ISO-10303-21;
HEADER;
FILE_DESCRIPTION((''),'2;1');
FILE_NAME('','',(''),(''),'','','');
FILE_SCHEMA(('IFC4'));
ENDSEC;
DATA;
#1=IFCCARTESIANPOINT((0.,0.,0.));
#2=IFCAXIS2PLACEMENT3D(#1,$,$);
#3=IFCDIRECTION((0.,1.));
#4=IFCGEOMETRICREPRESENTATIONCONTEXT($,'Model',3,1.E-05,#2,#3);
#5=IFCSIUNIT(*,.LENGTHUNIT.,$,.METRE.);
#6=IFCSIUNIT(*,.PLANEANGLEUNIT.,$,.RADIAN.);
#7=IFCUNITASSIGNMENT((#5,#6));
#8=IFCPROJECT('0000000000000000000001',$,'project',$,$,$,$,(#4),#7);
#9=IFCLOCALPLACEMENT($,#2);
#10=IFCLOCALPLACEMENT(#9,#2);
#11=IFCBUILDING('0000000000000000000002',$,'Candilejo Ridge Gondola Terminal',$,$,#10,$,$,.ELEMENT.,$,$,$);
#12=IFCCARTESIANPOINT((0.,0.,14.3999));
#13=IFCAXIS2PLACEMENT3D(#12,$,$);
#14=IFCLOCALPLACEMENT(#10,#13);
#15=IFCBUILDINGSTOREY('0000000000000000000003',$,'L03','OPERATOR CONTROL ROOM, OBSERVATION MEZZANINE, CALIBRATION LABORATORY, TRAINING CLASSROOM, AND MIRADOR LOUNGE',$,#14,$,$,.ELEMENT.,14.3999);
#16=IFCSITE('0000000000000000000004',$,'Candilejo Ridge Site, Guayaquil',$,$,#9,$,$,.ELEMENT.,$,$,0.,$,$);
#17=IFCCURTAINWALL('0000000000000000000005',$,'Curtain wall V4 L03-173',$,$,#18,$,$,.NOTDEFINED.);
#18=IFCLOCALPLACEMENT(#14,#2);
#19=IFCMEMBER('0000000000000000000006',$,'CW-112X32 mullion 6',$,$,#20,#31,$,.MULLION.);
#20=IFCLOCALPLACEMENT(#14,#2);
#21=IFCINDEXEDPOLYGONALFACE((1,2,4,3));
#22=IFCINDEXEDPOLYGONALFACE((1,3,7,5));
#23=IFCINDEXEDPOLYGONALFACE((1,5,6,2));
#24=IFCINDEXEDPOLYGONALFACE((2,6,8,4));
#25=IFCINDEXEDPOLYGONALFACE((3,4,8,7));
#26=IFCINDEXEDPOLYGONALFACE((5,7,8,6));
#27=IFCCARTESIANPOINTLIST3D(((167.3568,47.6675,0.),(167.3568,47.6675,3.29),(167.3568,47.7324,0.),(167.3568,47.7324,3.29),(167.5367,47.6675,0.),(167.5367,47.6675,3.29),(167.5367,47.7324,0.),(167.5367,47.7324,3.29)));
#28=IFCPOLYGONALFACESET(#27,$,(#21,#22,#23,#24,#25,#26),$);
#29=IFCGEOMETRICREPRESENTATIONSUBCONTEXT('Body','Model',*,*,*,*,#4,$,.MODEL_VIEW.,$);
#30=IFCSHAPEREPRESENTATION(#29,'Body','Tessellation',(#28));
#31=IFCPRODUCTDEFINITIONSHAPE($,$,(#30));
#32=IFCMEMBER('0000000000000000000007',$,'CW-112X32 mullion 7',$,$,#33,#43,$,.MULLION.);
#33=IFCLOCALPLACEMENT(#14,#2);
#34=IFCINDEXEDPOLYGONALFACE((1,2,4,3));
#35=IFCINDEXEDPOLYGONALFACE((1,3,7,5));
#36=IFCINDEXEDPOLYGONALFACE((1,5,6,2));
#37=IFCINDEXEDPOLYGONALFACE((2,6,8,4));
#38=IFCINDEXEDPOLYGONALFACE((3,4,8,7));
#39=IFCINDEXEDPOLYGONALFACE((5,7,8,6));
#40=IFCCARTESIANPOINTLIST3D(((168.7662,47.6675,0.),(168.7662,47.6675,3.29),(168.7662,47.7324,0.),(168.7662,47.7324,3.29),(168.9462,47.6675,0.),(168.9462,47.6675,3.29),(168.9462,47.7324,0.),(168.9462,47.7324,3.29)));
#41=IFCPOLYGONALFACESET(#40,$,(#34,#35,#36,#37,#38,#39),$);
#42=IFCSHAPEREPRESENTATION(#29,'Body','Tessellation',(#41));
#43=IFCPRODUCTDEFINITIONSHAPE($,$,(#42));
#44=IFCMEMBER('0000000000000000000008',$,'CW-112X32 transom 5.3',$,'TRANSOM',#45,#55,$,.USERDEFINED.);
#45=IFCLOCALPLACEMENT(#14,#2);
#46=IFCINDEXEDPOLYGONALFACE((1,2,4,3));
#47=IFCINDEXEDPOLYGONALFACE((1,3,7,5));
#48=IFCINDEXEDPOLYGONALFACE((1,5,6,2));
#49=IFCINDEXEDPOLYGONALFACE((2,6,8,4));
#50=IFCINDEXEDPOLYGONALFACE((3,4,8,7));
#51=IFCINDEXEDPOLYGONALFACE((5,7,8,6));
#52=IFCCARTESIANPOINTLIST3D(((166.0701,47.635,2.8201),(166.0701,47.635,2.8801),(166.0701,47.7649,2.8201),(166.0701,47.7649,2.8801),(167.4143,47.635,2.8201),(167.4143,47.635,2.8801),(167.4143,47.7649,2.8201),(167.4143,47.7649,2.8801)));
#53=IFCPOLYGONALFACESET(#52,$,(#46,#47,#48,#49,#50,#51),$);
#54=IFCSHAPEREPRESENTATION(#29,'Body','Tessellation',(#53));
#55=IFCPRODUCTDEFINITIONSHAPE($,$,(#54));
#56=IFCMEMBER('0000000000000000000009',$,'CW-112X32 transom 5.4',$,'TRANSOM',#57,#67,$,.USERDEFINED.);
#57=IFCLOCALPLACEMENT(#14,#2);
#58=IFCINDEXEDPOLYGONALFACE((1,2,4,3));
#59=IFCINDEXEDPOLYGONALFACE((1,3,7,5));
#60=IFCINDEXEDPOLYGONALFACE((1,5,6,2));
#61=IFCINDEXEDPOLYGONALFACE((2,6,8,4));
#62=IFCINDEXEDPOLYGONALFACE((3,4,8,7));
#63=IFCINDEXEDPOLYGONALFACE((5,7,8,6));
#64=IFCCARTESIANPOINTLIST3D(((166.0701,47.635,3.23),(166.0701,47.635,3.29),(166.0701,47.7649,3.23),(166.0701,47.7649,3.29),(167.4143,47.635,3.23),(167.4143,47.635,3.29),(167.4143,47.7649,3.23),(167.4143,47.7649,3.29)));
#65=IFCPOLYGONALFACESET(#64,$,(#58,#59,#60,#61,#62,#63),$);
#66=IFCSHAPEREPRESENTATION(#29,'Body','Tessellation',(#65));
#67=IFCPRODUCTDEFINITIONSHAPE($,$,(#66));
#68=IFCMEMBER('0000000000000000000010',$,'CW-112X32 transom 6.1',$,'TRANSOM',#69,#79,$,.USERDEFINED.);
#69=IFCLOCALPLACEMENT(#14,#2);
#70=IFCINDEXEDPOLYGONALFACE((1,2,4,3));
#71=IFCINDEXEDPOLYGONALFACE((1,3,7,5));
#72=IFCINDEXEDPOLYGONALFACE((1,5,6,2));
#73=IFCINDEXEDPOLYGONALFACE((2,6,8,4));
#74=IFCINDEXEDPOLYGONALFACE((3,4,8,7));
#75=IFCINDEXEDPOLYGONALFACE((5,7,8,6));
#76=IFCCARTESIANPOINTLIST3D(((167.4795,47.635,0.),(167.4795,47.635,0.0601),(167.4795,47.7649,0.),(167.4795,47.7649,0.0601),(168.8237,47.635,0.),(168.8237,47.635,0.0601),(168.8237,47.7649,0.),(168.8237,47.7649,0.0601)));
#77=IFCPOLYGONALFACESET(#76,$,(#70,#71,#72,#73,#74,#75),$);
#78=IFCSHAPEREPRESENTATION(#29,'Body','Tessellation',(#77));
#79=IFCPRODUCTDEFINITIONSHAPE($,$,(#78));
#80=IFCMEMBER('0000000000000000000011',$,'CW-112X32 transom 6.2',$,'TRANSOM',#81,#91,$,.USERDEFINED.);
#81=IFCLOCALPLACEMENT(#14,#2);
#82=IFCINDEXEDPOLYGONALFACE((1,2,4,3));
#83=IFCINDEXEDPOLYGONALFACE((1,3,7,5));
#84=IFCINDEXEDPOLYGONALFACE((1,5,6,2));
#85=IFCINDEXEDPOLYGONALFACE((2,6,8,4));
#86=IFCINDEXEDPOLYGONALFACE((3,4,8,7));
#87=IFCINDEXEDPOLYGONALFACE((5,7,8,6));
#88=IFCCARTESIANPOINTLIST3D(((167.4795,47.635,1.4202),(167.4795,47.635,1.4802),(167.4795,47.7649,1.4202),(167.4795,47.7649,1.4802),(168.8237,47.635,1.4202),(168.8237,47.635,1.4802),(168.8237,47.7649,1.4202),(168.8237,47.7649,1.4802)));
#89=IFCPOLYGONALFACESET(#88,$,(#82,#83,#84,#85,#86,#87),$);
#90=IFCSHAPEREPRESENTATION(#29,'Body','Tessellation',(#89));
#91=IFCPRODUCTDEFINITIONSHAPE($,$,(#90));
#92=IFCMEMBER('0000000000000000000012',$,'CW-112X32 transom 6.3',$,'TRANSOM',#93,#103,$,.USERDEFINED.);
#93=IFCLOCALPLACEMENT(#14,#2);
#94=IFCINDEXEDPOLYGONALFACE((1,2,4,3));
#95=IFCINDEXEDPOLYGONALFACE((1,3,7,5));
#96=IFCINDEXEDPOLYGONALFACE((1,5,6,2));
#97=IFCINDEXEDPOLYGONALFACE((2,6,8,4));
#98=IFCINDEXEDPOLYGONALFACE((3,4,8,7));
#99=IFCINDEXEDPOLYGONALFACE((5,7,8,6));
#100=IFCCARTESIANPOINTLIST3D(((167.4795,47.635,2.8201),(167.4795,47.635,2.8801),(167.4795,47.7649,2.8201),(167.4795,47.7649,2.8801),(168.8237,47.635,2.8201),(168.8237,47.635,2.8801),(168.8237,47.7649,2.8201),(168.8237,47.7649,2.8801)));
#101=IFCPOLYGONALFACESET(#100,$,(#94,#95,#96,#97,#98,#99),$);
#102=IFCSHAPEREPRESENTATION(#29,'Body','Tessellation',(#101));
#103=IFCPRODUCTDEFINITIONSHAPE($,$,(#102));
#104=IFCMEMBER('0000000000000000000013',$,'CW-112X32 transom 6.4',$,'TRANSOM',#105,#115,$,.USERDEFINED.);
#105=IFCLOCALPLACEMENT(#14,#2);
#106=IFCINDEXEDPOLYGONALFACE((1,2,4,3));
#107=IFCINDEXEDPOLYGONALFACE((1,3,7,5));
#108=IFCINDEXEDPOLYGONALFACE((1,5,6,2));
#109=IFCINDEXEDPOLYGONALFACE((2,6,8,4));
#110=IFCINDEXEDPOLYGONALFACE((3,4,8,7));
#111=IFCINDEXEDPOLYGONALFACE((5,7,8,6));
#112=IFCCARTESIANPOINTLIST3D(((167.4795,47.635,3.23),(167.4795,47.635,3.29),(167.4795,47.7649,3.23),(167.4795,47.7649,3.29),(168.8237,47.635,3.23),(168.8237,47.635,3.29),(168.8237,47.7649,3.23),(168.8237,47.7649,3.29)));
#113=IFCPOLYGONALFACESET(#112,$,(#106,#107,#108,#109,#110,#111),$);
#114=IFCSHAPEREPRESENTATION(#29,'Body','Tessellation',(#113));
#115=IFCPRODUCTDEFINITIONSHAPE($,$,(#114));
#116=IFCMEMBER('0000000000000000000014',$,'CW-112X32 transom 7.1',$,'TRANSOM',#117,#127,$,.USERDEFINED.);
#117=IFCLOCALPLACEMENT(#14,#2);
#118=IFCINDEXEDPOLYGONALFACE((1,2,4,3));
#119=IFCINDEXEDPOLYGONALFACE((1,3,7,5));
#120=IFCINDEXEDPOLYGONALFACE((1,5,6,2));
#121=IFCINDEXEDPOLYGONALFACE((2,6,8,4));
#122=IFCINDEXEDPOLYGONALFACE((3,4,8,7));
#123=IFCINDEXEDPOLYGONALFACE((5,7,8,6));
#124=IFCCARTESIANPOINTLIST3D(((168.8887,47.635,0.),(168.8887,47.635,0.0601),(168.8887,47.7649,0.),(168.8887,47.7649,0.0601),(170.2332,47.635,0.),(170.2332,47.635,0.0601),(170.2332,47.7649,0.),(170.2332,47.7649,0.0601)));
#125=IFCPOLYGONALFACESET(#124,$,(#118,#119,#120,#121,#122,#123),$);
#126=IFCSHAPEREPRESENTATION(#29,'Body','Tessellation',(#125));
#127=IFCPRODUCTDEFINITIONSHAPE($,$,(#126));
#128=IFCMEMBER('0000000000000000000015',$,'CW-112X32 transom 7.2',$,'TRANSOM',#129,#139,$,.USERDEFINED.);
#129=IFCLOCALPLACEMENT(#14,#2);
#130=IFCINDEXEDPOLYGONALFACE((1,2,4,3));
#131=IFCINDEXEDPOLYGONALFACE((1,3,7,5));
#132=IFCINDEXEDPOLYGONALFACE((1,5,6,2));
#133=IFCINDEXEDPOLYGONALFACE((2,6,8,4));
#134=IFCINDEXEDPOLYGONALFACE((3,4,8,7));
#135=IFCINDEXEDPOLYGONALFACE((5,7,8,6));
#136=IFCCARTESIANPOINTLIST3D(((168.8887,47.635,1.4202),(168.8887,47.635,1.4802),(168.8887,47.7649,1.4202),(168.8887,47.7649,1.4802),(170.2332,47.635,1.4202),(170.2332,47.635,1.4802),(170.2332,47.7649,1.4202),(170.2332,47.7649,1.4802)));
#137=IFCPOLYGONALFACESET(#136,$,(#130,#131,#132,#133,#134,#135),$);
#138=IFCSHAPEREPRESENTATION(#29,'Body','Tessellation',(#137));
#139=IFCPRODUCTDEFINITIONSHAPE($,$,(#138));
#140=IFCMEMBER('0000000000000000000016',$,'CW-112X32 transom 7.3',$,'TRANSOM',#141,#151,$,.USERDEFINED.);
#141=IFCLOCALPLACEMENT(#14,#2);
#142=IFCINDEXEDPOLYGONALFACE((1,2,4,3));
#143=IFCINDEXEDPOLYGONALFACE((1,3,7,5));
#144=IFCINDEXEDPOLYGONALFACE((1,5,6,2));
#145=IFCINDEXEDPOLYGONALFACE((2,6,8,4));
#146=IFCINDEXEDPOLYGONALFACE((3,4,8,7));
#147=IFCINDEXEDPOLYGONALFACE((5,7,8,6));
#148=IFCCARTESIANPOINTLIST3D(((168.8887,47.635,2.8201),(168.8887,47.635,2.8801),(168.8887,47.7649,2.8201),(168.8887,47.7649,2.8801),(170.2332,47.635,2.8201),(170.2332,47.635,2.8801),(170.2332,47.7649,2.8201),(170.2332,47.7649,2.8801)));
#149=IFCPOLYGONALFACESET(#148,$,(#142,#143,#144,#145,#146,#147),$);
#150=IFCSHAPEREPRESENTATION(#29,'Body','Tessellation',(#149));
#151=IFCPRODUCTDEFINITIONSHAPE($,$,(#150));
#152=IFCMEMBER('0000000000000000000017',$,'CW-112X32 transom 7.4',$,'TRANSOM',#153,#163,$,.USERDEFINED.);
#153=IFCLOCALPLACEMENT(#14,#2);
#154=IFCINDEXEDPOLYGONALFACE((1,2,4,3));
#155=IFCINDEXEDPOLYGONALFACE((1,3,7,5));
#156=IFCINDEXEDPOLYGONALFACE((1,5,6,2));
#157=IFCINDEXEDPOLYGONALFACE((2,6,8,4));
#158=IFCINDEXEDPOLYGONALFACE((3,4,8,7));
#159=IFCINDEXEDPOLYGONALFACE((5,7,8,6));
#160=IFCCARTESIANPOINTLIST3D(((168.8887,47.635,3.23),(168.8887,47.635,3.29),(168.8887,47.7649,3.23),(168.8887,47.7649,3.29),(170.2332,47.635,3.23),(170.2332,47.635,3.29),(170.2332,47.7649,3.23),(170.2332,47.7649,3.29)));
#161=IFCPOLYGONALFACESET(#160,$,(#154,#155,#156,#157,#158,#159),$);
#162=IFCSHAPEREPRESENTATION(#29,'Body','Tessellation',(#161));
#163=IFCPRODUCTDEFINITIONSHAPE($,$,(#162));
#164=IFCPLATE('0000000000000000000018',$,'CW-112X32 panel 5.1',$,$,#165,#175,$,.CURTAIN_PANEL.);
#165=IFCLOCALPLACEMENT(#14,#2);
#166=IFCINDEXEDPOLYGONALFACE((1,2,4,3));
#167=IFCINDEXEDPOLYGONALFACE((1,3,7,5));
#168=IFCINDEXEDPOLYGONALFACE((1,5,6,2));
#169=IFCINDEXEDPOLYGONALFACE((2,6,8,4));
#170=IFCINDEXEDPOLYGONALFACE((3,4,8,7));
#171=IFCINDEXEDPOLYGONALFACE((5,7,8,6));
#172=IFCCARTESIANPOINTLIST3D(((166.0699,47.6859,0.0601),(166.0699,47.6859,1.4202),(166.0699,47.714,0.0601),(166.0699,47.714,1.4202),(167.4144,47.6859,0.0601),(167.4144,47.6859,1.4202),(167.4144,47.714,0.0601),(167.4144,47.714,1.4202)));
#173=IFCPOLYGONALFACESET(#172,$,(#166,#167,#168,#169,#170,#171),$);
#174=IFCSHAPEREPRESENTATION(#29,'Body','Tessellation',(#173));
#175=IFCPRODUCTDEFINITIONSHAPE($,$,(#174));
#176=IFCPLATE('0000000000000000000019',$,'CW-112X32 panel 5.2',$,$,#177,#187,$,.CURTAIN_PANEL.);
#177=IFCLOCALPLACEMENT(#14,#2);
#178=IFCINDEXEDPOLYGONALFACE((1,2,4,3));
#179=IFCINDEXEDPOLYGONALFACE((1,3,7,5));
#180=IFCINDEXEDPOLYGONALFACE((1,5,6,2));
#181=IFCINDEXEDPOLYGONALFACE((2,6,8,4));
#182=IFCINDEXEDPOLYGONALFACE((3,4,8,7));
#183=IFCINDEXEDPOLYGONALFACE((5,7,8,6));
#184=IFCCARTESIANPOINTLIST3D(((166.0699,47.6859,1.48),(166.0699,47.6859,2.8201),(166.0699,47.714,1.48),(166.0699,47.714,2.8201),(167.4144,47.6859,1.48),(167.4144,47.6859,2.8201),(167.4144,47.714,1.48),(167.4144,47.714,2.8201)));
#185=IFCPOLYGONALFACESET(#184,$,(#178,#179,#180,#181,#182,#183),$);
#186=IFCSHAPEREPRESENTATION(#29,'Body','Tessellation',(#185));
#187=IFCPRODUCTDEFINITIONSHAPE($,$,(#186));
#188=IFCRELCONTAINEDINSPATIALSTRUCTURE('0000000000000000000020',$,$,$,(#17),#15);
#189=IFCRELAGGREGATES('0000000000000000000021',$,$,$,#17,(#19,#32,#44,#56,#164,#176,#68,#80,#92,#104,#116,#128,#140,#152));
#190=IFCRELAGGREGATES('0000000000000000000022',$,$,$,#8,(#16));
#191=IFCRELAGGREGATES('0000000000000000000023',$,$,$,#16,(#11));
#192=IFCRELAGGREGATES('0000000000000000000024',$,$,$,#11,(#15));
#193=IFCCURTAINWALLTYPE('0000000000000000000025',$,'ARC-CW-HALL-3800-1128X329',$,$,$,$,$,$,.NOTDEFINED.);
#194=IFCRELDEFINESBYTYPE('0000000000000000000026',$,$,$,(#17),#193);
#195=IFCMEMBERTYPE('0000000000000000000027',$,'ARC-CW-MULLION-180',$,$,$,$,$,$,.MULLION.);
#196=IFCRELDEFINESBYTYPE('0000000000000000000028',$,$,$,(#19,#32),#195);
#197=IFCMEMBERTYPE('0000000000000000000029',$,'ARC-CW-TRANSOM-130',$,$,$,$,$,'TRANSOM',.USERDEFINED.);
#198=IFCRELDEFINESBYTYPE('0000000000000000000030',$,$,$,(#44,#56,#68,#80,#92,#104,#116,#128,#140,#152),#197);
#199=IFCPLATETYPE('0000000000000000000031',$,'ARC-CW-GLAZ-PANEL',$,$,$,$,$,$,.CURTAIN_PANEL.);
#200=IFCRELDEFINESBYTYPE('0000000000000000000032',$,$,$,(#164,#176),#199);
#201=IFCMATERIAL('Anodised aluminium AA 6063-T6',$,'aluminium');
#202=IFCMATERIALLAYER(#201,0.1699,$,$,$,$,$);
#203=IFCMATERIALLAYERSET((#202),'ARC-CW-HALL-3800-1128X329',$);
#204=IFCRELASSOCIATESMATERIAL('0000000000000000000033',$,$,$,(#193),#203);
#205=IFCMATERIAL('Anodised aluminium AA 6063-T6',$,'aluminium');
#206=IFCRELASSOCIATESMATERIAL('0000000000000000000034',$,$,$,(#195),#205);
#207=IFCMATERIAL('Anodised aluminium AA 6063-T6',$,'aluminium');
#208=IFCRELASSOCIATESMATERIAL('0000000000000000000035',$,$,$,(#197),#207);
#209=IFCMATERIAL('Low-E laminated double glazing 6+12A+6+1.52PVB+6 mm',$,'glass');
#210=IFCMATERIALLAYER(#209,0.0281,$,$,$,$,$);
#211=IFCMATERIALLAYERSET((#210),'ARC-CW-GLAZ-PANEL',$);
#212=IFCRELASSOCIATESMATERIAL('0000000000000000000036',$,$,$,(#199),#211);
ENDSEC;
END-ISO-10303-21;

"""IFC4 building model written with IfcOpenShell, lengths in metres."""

from ifc_helpers import new_model, si_unit, direction, frame, origin, origin_2d, place, context, subcontext, project, spatial, rectangle, extrude, material, layer, layer_set, material_profile, profile_set, type_object, element, aggregate, save


model = new_model("IFC4")

# Units and contexts
model_context = context("Model", 3, precision=1e-05, world=origin(), true_north=direction((0.0, 1.0)))
body_context = subcontext(model_context, "Body", "Model", "MODEL_VIEW")
ifc_project = project(units=[si_unit("LENGTHUNIT", "METRE"), si_unit("PLANEANGLEUNIT", "RADIAN")], contexts=[model_context])

# Site, building, storey
site_placement = place(None, origin())
site = spatial("IfcSite", under=ifc_project, at=site_placement, Name="Candilejo Ridge Site, Guayaquil", CompositionType="ELEMENT", RefElevation=0.0)
building_placement = place(site_placement, origin())
building = spatial("IfcBuilding", under=site, at=building_placement, Name="Candilejo Ridge Gondola Terminal", CompositionType="ELEMENT")
storey_placement = place(building_placement, frame((0.0, 0.0, 14.3999)))
storey = spatial("IfcBuildingStorey", under=building, at=storey_placement, Name="L03", Description="OPERATOR CONTROL ROOM, OBSERVATION MEZZANINE, CALIBRATION LABORATORY, TRAINING CLASSROOM, AND MIRADOR LOUNGE", CompositionType="ELEMENT", Elevation=14.3999)

# Curtain wall, members, plates
ifc_material_1 = material(Name="Anodised aluminium AA 6063-T6", Category="aluminium")
ifc_layer_1 = layer(ifc_material_1, 0.1699)
ifc_layer_set_1 = layer_set([ifc_layer_1], Name="ARC-CW-HALL-3800-1128X329")
curtain_wall_type = type_object("IfcCurtainWallType", Name="ARC-CW-HALL-3800-1128X329", PredefinedType="NOTDEFINED", material=ifc_layer_set_1)
curtain_wall_placement = place(storey_placement, origin())
curtain_wall = element("IfcCurtainWall", 1, at=curtain_wall_placement, inside=storey, type_object=curtain_wall_type, Name="Curtain wall V4 L03-173", PredefinedType="NOTDEFINED")
ifc_material_2 = material(Name="Anodised aluminium AA 6063-T6", Category="aluminium")
ifc_material_profile_1 = material_profile(ifc_material_2, rectangle(XDim=0.0649, YDim=0.1799, at=origin_2d()))
ifc_profile_set_1 = profile_set([ifc_material_profile_1], Name="Anodised aluminium AA 6063-T6")
member_type_1 = type_object("IfcMemberType", Name="ARC-CW-MULLION-180", PredefinedType="MULLION", material=ifc_profile_set_1)
member_1_placement = place(storey_placement, frame((167.4468, 47.7, 0.0), z_axis=(0.0, 0.0, 1.0), x_axis=(0.0, 1.0, 0.0)))
member_1 = element("IfcMember", 2, at=member_1_placement, type_object=member_type_1, Name="CW-112X32 mullion 6", PredefinedType="MULLION", context=body_context, shape_type="SweptSolid", body=[
    extrude(rectangle(XDim=0.0649, YDim=0.1799, at=origin_2d()), origin(), (0.0, 0.0, 1.0), 3.29),
])
member_2_placement = place(storey_placement, frame((168.8562, 47.7, 0.0), z_axis=(0.0, 0.0, 1.0), x_axis=(0.0, 1.0, 0.0)))
member_2 = element("IfcMember", 3, at=member_2_placement, type_object=member_type_1, Name="CW-112X32 mullion 7", PredefinedType="MULLION", context=body_context, shape_type="SweptSolid", body=[
    extrude(rectangle(XDim=0.0649, YDim=0.1799, at=origin_2d()), origin(), (0.0, 0.0, 1.0), 3.29),
])
ifc_material_3 = material(Name="Anodised aluminium AA 6063-T6", Category="aluminium")
ifc_material_profile_2 = material_profile(ifc_material_3, rectangle(XDim=0.1299, YDim=0.0601, at=origin_2d()))
ifc_profile_set_2 = profile_set([ifc_material_profile_2], Name="Anodised aluminium AA 6063-T6")
member_type_2 = type_object("IfcMemberType", Name="ARC-CW-TRANSOM-130", ElementType="TRANSOM", PredefinedType="USERDEFINED", material=ifc_profile_set_2)
member_3_placement = place(storey_placement, frame((166.0701, 47.7, 2.8501), z_axis=(1.0, 0.0, 0.0), x_axis=(0.0, 1.0, 0.0)))
member_3 = element("IfcMember", 4, at=member_3_placement, type_object=member_type_2, Name="CW-112X32 transom 5.3", ObjectType="TRANSOM", PredefinedType="USERDEFINED", context=body_context, shape_type="SweptSolid", body=[
    extrude(rectangle(XDim=0.1299, YDim=0.0601, at=origin_2d()), origin(), (0.0, 0.0, 1.0), 1.3442),
])
member_4_placement = place(storey_placement, frame((166.0701, 47.7, 3.26), z_axis=(1.0, 0.0, 0.0), x_axis=(0.0, 1.0, 0.0)))
member_4 = element("IfcMember", 5, at=member_4_placement, type_object=member_type_2, Name="CW-112X32 transom 5.4", ObjectType="TRANSOM", PredefinedType="USERDEFINED", context=body_context, shape_type="SweptSolid", body=[
    extrude(rectangle(XDim=0.1299, YDim=0.0601, at=origin_2d()), origin(), (0.0, 0.0, 1.0), 1.3442),
])
member_5_placement = place(storey_placement, frame((167.4795, 47.7, 0.03), z_axis=(1.0, 0.0, 0.0), x_axis=(0.0, 1.0, 0.0)))
member_5 = element("IfcMember", 6, at=member_5_placement, type_object=member_type_2, Name="CW-112X32 transom 6.1", ObjectType="TRANSOM", PredefinedType="USERDEFINED", context=body_context, shape_type="SweptSolid", body=[
    extrude(rectangle(XDim=0.1299, YDim=0.0601, at=origin_2d()), origin(), (0.0, 0.0, 1.0), 1.3442),
])
member_6_placement = place(storey_placement, frame((167.4795, 47.7, 1.4502), z_axis=(1.0, 0.0, 0.0), x_axis=(0.0, 1.0, 0.0)))
member_6 = element("IfcMember", 7, at=member_6_placement, type_object=member_type_2, Name="CW-112X32 transom 6.2", ObjectType="TRANSOM", PredefinedType="USERDEFINED", context=body_context, shape_type="SweptSolid", body=[
    extrude(rectangle(XDim=0.1299, YDim=0.0601, at=origin_2d()), origin(), (0.0, 0.0, 1.0), 1.3442),
])
member_7_placement = place(storey_placement, frame((167.4795, 47.7, 2.8501), z_axis=(1.0, 0.0, 0.0), x_axis=(0.0, 1.0, 0.0)))
member_7 = element("IfcMember", 8, at=member_7_placement, type_object=member_type_2, Name="CW-112X32 transom 6.3", ObjectType="TRANSOM", PredefinedType="USERDEFINED", context=body_context, shape_type="SweptSolid", body=[
    extrude(rectangle(XDim=0.1299, YDim=0.0601, at=origin_2d()), origin(), (0.0, 0.0, 1.0), 1.3442),
])
member_8_placement = place(storey_placement, frame((167.4795, 47.7, 3.26), z_axis=(1.0, 0.0, 0.0), x_axis=(0.0, 1.0, 0.0)))
member_8 = element("IfcMember", 9, at=member_8_placement, type_object=member_type_2, Name="CW-112X32 transom 6.4", ObjectType="TRANSOM", PredefinedType="USERDEFINED", context=body_context, shape_type="SweptSolid", body=[
    extrude(rectangle(XDim=0.1299, YDim=0.0601, at=origin_2d()), origin(), (0.0, 0.0, 1.0), 1.3442),
])
member_9_placement = place(storey_placement, frame((168.8887, 47.7, 0.03), z_axis=(1.0, 0.0, 0.0), x_axis=(0.0, 1.0, 0.0)))
member_9 = element("IfcMember", 10, at=member_9_placement, type_object=member_type_2, Name="CW-112X32 transom 7.1", ObjectType="TRANSOM", PredefinedType="USERDEFINED", context=body_context, shape_type="SweptSolid", body=[
    extrude(rectangle(XDim=0.1299, YDim=0.0601, at=origin_2d()), origin(), (0.0, 0.0, 1.0), 1.3445),
])
member_10_placement = place(storey_placement, frame((168.8887, 47.7, 1.4502), z_axis=(1.0, 0.0, 0.0), x_axis=(0.0, 1.0, 0.0)))
member_10 = element("IfcMember", 11, at=member_10_placement, type_object=member_type_2, Name="CW-112X32 transom 7.2", ObjectType="TRANSOM", PredefinedType="USERDEFINED", context=body_context, shape_type="SweptSolid", body=[
    extrude(rectangle(XDim=0.1299, YDim=0.0601, at=origin_2d()), origin(), (0.0, 0.0, 1.0), 1.3445),
])
member_11_placement = place(storey_placement, frame((168.8887, 47.7, 2.8501), z_axis=(1.0, 0.0, 0.0), x_axis=(0.0, 1.0, 0.0)))
member_11 = element("IfcMember", 12, at=member_11_placement, type_object=member_type_2, Name="CW-112X32 transom 7.3", ObjectType="TRANSOM", PredefinedType="USERDEFINED", context=body_context, shape_type="SweptSolid", body=[
    extrude(rectangle(XDim=0.1299, YDim=0.0601, at=origin_2d()), origin(), (0.0, 0.0, 1.0), 1.3445),
])
member_12_placement = place(storey_placement, frame((168.8887, 47.7, 3.26), z_axis=(1.0, 0.0, 0.0), x_axis=(0.0, 1.0, 0.0)))
member_12 = element("IfcMember", 13, at=member_12_placement, type_object=member_type_2, Name="CW-112X32 transom 7.4", ObjectType="TRANSOM", PredefinedType="USERDEFINED", context=body_context, shape_type="SweptSolid", body=[
    extrude(rectangle(XDim=0.1299, YDim=0.0601, at=origin_2d()), origin(), (0.0, 0.0, 1.0), 1.3445),
])
ifc_material_4 = material(Name="Low-E laminated double glazing 6+12A+6+1.52PVB+6 mm", Category="glass")
ifc_layer_2 = layer(ifc_material_4, 0.0281)
ifc_layer_set_2 = layer_set([ifc_layer_2], Name="ARC-CW-GLAZ-PANEL")
plate_type = type_object("IfcPlateType", Name="ARC-CW-GLAZ-PANEL", PredefinedType="CURTAIN_PANEL", material=ifc_layer_set_2)
plate_1_placement = place(storey_placement, frame((166.7422, 47.7, 0.0601), z_axis=(0.0, 0.0, 1.0), x_axis=(1.0, 0.0, 0.0)))
plate_1 = element("IfcPlate", 14, at=plate_1_placement, type_object=plate_type, Name="CW-112X32 panel 5.1", PredefinedType="CURTAIN_PANEL", context=body_context, shape_type="SweptSolid", body=[
    extrude(rectangle(XDim=1.3445, YDim=0.0281, at=origin_2d()), origin(), (0.0, 0.0, 1.0), 1.3601),
])
plate_2_placement = place(storey_placement, frame((166.7422, 47.7, 1.48), z_axis=(0.0, 0.0, 1.0), x_axis=(1.0, 0.0, 0.0)))
plate_2 = element("IfcPlate", 15, at=plate_2_placement, type_object=plate_type, Name="CW-112X32 panel 5.2", PredefinedType="CURTAIN_PANEL", context=body_context, shape_type="SweptSolid", body=[
    extrude(rectangle(XDim=1.3445, YDim=0.0281, at=origin_2d()), origin(), (0.0, 0.0, 1.0), 1.3401),
])
aggregate(curtain_wall, [member_1, member_2, member_3, member_4, plate_1, plate_2, member_5, member_6, member_7, member_8, member_9, member_10, member_11, member_12])

save(model, "model.ifc")
